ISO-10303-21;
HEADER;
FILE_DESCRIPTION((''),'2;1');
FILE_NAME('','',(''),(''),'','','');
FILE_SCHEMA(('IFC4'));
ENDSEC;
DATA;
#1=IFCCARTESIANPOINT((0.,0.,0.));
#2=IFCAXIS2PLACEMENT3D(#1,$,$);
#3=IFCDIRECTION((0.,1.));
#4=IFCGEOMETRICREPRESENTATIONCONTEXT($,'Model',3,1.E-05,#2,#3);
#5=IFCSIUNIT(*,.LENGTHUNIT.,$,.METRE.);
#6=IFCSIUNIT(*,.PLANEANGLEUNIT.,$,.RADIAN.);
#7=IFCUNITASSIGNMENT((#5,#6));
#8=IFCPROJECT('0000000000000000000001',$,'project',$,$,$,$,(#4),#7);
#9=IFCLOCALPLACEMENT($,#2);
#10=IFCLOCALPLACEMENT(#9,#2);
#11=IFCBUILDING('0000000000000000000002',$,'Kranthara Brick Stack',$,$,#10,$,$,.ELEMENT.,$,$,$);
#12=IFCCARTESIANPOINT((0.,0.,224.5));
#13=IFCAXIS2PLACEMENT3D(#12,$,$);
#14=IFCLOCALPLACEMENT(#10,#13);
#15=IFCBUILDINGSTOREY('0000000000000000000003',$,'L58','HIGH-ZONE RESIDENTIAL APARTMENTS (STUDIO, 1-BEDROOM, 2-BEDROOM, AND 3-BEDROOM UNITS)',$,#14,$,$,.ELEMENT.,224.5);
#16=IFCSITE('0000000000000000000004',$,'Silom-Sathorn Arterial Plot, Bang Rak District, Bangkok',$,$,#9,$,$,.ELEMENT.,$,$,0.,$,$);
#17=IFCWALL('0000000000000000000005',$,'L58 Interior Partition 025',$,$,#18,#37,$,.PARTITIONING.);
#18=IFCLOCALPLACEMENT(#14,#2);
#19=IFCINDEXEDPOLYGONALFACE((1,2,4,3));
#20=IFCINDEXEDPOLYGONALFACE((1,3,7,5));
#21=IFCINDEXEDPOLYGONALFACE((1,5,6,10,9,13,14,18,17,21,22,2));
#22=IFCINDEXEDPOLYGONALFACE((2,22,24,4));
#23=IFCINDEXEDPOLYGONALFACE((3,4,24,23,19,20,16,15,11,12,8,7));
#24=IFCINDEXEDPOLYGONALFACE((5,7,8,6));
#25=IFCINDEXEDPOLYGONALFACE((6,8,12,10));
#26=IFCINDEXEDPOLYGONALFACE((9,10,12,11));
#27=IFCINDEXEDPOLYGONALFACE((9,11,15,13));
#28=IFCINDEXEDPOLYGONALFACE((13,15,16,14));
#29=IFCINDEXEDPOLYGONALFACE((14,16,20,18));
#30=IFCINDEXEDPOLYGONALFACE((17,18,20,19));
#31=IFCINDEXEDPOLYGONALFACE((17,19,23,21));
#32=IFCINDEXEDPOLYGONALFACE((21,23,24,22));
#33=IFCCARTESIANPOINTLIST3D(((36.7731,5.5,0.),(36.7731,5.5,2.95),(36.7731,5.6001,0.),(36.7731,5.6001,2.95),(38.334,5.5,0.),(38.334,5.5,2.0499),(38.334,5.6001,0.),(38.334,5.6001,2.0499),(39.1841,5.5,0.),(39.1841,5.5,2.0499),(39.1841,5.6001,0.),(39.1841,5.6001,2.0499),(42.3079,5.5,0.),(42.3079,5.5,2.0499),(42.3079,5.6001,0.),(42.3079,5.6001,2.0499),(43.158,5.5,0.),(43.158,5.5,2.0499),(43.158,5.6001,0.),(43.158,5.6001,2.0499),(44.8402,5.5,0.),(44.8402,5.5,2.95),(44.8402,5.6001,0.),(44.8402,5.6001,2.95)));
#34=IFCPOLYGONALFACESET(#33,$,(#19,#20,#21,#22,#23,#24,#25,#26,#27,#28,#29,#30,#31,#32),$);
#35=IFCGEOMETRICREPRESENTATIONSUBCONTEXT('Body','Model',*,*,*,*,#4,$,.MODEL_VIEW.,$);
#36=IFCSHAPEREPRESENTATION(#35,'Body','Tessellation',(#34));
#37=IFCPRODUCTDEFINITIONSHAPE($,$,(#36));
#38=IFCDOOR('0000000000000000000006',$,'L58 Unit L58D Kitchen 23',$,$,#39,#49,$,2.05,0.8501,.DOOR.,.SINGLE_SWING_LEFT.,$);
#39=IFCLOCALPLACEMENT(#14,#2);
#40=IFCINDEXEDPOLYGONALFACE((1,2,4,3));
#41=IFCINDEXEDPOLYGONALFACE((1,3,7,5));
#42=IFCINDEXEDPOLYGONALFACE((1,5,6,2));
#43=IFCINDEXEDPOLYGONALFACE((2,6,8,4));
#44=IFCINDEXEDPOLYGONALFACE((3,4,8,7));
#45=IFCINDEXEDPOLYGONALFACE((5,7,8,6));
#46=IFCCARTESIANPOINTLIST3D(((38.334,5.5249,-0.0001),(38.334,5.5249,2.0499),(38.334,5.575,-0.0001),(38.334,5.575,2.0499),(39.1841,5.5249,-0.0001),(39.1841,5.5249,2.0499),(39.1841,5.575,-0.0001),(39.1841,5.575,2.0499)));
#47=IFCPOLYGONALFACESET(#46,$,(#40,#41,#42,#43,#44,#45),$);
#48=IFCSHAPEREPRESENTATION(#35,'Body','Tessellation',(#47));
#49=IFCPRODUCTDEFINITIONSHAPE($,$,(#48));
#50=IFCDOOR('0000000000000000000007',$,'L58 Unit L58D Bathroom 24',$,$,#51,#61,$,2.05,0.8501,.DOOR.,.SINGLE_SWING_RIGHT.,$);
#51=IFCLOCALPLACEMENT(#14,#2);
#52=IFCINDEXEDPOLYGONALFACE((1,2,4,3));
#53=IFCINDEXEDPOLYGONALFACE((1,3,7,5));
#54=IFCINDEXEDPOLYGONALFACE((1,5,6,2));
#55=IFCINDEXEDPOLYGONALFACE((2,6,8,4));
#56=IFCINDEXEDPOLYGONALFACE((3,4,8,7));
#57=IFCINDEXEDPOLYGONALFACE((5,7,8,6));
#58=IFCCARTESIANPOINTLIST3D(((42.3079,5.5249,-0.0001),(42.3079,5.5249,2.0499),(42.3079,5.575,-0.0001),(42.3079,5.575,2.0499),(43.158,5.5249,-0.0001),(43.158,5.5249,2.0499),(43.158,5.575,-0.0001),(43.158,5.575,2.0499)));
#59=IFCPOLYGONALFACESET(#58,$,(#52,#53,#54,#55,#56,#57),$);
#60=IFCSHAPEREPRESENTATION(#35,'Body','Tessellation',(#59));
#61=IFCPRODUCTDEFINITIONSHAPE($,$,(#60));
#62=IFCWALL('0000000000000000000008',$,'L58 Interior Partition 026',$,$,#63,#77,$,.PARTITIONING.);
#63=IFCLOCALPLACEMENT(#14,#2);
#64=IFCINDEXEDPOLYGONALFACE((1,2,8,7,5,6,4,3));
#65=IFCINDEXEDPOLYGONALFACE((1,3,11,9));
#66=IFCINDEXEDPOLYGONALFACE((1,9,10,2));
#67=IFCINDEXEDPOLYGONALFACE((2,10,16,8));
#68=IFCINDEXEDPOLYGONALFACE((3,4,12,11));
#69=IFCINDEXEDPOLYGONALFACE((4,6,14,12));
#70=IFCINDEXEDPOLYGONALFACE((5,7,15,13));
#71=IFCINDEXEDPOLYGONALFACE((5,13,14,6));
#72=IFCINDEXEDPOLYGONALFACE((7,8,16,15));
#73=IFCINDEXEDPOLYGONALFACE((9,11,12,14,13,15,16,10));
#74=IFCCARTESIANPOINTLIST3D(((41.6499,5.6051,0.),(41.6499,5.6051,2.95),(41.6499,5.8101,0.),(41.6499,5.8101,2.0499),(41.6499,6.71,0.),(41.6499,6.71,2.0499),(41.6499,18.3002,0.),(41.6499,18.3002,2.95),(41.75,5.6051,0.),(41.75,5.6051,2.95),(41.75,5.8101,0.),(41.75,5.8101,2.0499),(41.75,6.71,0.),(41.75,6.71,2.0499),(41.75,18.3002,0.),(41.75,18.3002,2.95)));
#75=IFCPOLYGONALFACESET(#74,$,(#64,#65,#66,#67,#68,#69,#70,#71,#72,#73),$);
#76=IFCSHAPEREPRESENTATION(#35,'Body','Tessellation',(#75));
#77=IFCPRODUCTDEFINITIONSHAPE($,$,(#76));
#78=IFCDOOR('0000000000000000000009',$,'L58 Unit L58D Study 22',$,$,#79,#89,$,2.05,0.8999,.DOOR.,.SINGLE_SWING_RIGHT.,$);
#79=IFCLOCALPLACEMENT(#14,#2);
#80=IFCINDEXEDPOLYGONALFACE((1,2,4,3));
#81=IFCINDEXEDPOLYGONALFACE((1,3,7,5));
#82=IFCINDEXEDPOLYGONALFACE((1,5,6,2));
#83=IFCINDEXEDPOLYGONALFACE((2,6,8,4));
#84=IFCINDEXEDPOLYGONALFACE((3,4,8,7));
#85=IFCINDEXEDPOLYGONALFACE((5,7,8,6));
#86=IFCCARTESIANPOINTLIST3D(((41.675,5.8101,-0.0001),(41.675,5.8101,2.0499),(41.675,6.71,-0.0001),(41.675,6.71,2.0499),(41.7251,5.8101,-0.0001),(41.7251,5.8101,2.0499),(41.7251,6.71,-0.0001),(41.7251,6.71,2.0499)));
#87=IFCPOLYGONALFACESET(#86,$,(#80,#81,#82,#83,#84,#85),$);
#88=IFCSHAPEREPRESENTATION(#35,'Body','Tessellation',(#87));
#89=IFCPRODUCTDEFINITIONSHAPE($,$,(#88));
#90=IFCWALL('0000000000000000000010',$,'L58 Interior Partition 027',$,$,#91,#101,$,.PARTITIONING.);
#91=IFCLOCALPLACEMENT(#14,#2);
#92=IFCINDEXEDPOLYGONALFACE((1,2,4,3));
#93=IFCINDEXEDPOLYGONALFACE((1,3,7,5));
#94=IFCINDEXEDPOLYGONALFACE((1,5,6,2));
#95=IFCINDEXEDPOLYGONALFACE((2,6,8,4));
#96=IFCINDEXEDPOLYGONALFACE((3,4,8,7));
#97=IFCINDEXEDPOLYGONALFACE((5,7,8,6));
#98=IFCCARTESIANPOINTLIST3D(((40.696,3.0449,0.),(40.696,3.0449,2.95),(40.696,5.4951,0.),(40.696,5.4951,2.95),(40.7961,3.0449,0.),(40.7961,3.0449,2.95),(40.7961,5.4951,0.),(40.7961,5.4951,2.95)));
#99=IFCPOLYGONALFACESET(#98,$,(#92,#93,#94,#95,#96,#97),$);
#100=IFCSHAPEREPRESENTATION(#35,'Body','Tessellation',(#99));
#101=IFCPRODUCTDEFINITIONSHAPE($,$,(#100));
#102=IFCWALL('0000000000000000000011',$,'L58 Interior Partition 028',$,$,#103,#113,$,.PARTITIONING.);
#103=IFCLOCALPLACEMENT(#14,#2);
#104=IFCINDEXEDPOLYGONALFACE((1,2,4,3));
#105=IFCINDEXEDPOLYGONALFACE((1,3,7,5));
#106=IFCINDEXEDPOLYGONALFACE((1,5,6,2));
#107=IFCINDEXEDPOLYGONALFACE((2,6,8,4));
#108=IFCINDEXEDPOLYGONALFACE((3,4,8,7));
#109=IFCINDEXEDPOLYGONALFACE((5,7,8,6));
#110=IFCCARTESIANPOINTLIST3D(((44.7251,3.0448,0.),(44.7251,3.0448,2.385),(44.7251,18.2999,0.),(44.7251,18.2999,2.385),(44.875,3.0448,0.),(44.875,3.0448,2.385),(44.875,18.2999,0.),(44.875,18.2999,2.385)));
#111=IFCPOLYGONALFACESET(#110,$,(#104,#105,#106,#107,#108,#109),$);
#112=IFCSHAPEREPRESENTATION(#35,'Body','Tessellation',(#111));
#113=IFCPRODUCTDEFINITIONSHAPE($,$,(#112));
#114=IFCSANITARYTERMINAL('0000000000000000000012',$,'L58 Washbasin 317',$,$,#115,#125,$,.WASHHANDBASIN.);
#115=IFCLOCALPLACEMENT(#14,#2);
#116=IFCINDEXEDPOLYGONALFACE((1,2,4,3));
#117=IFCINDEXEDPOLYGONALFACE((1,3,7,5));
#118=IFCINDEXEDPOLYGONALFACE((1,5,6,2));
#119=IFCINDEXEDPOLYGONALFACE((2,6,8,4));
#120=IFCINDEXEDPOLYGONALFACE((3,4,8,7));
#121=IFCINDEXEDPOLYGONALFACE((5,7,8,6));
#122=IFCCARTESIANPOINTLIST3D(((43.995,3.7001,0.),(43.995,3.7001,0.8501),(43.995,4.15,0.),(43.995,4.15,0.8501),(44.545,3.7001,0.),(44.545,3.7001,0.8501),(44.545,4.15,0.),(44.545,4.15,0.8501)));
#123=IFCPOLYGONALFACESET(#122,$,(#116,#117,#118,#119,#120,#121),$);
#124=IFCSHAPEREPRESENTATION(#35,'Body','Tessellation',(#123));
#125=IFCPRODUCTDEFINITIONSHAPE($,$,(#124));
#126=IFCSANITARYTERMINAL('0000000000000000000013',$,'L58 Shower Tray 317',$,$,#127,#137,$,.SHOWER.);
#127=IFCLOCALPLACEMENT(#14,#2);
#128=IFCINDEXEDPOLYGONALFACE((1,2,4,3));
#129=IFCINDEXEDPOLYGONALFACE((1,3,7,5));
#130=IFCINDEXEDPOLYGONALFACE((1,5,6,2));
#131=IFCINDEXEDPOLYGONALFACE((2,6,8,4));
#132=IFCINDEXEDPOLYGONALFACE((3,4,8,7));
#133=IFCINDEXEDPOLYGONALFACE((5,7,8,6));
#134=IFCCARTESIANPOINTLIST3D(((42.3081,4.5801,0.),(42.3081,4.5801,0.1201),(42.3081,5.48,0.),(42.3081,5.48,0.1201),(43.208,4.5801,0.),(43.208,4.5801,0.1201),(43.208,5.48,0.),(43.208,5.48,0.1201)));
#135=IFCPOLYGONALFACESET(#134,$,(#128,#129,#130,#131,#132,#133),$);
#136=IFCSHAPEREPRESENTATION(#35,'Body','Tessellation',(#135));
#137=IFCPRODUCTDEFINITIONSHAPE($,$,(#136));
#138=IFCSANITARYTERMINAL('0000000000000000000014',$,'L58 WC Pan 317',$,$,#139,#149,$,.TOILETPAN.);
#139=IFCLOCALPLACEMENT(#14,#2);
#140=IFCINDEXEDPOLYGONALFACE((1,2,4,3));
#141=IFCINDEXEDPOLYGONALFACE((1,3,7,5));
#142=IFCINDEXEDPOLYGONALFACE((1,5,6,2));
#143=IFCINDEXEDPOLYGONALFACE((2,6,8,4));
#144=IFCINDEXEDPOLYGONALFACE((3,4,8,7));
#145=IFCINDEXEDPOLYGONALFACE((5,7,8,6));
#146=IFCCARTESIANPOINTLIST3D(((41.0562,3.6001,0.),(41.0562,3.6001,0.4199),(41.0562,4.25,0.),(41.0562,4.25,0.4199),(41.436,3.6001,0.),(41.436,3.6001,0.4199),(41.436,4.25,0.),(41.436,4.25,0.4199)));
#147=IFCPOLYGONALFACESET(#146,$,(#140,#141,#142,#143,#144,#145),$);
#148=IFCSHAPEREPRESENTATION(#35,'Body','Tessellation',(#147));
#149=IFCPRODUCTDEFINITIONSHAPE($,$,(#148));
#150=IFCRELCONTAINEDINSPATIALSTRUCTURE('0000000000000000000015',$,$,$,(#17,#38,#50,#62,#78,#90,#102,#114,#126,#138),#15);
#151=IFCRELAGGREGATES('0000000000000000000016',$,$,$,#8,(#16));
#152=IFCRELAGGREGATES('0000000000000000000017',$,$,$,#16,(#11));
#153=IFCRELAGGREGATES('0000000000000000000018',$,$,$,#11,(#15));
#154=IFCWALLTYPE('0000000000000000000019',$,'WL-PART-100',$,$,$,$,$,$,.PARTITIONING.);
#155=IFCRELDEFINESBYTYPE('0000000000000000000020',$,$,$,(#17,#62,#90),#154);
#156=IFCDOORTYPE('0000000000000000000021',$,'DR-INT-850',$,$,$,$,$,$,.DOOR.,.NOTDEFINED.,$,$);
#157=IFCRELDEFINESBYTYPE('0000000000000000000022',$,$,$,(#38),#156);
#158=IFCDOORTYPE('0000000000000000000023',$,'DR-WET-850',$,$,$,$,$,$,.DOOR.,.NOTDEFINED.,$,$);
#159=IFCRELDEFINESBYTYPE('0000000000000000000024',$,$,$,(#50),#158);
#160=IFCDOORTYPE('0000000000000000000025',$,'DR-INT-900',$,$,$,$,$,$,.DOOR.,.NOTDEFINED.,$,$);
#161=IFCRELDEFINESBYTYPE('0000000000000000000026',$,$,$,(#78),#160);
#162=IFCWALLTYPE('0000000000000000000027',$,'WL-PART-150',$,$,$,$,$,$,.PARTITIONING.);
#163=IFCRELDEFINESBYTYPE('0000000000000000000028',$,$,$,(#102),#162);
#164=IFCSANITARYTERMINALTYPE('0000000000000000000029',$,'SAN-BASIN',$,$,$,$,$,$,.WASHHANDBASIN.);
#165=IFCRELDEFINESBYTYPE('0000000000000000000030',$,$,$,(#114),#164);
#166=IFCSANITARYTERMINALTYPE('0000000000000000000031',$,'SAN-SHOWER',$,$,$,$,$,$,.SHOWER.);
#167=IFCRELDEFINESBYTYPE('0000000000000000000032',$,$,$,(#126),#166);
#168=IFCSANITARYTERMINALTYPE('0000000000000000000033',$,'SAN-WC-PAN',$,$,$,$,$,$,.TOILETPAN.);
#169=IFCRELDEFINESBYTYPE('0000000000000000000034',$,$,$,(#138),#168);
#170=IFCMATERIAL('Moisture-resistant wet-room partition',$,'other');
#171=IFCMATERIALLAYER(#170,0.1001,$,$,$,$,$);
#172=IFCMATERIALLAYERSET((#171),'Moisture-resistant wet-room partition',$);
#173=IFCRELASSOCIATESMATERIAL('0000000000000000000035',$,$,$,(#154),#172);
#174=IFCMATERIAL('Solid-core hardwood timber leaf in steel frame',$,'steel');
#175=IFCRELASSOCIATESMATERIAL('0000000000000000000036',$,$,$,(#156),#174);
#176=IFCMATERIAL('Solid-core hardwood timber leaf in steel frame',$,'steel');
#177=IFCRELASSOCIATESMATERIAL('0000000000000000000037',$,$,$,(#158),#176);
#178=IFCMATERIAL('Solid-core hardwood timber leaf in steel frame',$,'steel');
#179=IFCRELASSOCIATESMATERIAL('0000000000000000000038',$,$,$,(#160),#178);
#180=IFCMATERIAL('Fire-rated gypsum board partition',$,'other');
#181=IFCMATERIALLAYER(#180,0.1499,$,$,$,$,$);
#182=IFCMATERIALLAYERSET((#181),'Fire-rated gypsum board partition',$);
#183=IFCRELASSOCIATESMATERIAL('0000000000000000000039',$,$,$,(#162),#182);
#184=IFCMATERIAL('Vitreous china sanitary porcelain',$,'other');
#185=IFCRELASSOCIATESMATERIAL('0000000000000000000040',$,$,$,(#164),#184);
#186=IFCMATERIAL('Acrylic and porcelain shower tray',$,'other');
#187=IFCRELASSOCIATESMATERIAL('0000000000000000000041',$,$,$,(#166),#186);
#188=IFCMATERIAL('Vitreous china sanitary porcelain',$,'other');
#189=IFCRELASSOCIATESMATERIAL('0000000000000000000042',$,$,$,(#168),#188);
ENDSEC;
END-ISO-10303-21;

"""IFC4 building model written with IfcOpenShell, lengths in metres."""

from ifc_helpers import new_model, si_unit, direction, frame, frame_2d, origin, origin_2d, place, context, subcontext, project, spatial, rectangle, extrude, material, layer, layer_set, type_object, element, fill, save


model = new_model("IFC4")

# Units and contexts
model_context = context("Model", 3, precision=1e-05, world=origin(), true_north=direction((0.0, 1.0)))
body_context = subcontext(model_context, "Body", "Model", "MODEL_VIEW")
ifc_project = project(units=[si_unit("LENGTHUNIT", "METRE"), si_unit("PLANEANGLEUNIT", "RADIAN")], contexts=[model_context])

# Site, building, storey
site_placement = place(None, origin())
site = spatial("IfcSite", under=ifc_project, at=site_placement, Name="Silom-Sathorn Arterial Plot, Bang Rak District, Bangkok", CompositionType="ELEMENT", RefElevation=0.0)
building_placement = place(site_placement, origin())
building = spatial("IfcBuilding", under=site, at=building_placement, Name="Kranthara Brick Stack", CompositionType="ELEMENT")
storey_placement = place(building_placement, frame((0.0, 0.0, 224.5)))
storey = spatial("IfcBuildingStorey", under=building, at=storey_placement, Name="L58", Description="HIGH-ZONE RESIDENTIAL APARTMENTS (STUDIO, 1-BEDROOM, 2-BEDROOM, AND 3-BEDROOM UNITS)", CompositionType="ELEMENT", Elevation=224.5)

# Wall, openings, doors
ifc_material_1 = material(Name="Moisture-resistant wet-room partition", Category="other")
ifc_layer_1 = layer(ifc_material_1, 0.1001)
ifc_layer_set_1 = layer_set([ifc_layer_1], Name="Moisture-resistant wet-room partition")
wall_type_1 = type_object("IfcWallType", Name="WL-PART-100", PredefinedType="PARTITIONING", material=ifc_layer_set_1)
wall_1_placement = place(storey_placement, frame((36.7729, 5.55, 0.0), z_axis=(0.0, 0.0, 1.0), x_axis=(1.0, 0.0, 0.0)))
wall_1 = element("IfcWall", 1, at=wall_1_placement, inside=storey, type_object=wall_type_1, Name="L58 Interior Partition 025", PredefinedType="PARTITIONING", context=body_context, shape_type="SweptSolid", body=[
    extrude(rectangle(XDim=8.0671, YDim=0.1001, at=frame_2d((4.0337, 0.0))), origin(), (0.0, 0.0, 1.0), 2.95),
])
opening_1_placement = place(wall_1_placement, frame((1.561, 0.0, 0.0)))
opening_1 = element("IfcOpeningElement", 2, at=opening_1_placement, cuts=wall_1, PredefinedType="OPENING", context=body_context, shape_type="SweptSolid", body=[
    extrude(rectangle(XDim=0.8501, YDim=2.05, at=frame_2d((0.425, 1.0249))), frame((0.0, 0.0601, 0.0), z_axis=(0.0, -1.0, 0.0), x_axis=(1.0, 0.0, 0.0)), (0.0, 0.0, 1.0), 0.1201),
])
opening_2_placement = place(wall_1_placement, frame((5.5349, 0.0, 0.0)))
opening_2 = element("IfcOpeningElement", 3, at=opening_2_placement, cuts=wall_1, PredefinedType="OPENING", context=body_context, shape_type="SweptSolid", body=[
    extrude(rectangle(XDim=0.8501, YDim=2.05, at=frame_2d((0.425, 1.0249))), frame((0.0, 0.0601, 0.0), z_axis=(0.0, -1.0, 0.0), x_axis=(1.0, 0.0, 0.0)), (0.0, 0.0, 1.0), 0.1201),
])
ifc_material_2 = material(Name="Solid-core hardwood timber leaf in steel frame", Category="steel")
door_type_1 = type_object("IfcDoorType", Name="DR-INT-850", OperationType="NOTDEFINED", PredefinedType="DOOR", material=ifc_material_2)
door_1_placement = place(opening_1_placement, origin())
door_1 = element("IfcDoor", 4, at=door_1_placement, inside=storey, type_object=door_type_1, Name="L58 Unit L58D Kitchen 23", OperationType="SINGLE_SWING_LEFT", OverallHeight=2.05, OverallWidth=0.8501, PredefinedType="DOOR", context=body_context, shape_type="SweptSolid", body=[
    extrude(rectangle(XDim=0.8501, YDim=2.05, at=frame_2d((0.425, 1.0249))), frame((0.0, 0.0249, 0.0), z_axis=(0.0, -1.0, 0.0), x_axis=(1.0, 0.0, 0.0)), (0.0, 0.0, 1.0), 0.05),
])
fill(opening_1, door_1)
ifc_material_3 = material(Name="Solid-core hardwood timber leaf in steel frame", Category="steel")
door_type_2 = type_object("IfcDoorType", Name="DR-WET-850", OperationType="NOTDEFINED", PredefinedType="DOOR", material=ifc_material_3)
door_2_placement = place(opening_2_placement, origin())
door_2 = element("IfcDoor", 5, at=door_2_placement, inside=storey, type_object=door_type_2, Name="L58 Unit L58D Bathroom 24", OperationType="SINGLE_SWING_RIGHT", OverallHeight=2.05, OverallWidth=0.8501, PredefinedType="DOOR", context=body_context, shape_type="SweptSolid", body=[
    extrude(rectangle(XDim=0.8501, YDim=2.05, at=frame_2d((0.425, 1.0249))), frame((0.0, 0.0249, 0.0), z_axis=(0.0, -1.0, 0.0), x_axis=(1.0, 0.0, 0.0)), (0.0, 0.0, 1.0), 0.05),
])
fill(opening_2, door_2)

# Wall, opening, door
wall_2_placement = place(storey_placement, frame((41.7, 5.605, 0.0), z_axis=(0.0, 0.0, 1.0), x_axis=(0.0, 1.0, 0.0)))
wall_2 = element("IfcWall", 6, at=wall_2_placement, inside=storey, type_object=wall_type_1, Name="L58 Interior Partition 026", PredefinedType="PARTITIONING", context=body_context, shape_type="SweptSolid", body=[
    extrude(rectangle(XDim=12.6951, YDim=0.1001, at=frame_2d((6.3477, 0.0))), origin(), (0.0, 0.0, 1.0), 2.95),
])
opening_3_placement = place(wall_2_placement, frame((0.2051, 0.0, 0.0)))
opening_3 = element("IfcOpeningElement", 7, at=opening_3_placement, cuts=wall_2, PredefinedType="OPENING", context=body_context, shape_type="SweptSolid", body=[
    extrude(rectangle(XDim=0.8999, YDim=2.05, at=frame_2d((0.45, 1.0249))), frame((0.0, 0.0601, 0.0), z_axis=(0.0, -1.0, 0.0), x_axis=(1.0, 0.0, 0.0)), (0.0, 0.0, 1.0), 0.1201),
])
ifc_material_4 = material(Name="Solid-core hardwood timber leaf in steel frame", Category="steel")
door_type_3 = type_object("IfcDoorType", Name="DR-INT-900", OperationType="NOTDEFINED", PredefinedType="DOOR", material=ifc_material_4)
door_3_placement = place(opening_3_placement, origin())
door_3 = element("IfcDoor", 8, at=door_3_placement, inside=storey, type_object=door_type_3, Name="L58 Unit L58D Study 22", OperationType="SINGLE_SWING_RIGHT", OverallHeight=2.05, OverallWidth=0.8999, PredefinedType="DOOR", context=body_context, shape_type="SweptSolid", body=[
    extrude(rectangle(XDim=0.8999, YDim=2.05, at=frame_2d((0.45, 1.0249))), frame((0.0, 0.0249, 0.0), z_axis=(0.0, -1.0, 0.0), x_axis=(1.0, 0.0, 0.0)), (0.0, 0.0, 1.0), 0.05),
])
fill(opening_3, door_3)

# Walls
wall_3_placement = place(storey_placement, frame((40.7461, 3.0449, 0.0), z_axis=(0.0, 0.0, 1.0), x_axis=(0.0, 1.0, 0.0)))
element("IfcWall", 9, at=wall_3_placement, inside=storey, type_object=wall_type_1, Name="L58 Interior Partition 027", PredefinedType="PARTITIONING", context=body_context, shape_type="SweptSolid", body=[
    extrude(rectangle(XDim=2.4502, YDim=0.1001, at=frame_2d((1.2251, 0.0))), origin(), (0.0, 0.0, 1.0), 2.95),
])
ifc_material_5 = material(Name="Fire-rated gypsum board partition", Category="other")
ifc_layer_2 = layer(ifc_material_5, 0.1499)
ifc_layer_set_2 = layer_set([ifc_layer_2], Name="Fire-rated gypsum board partition")
wall_type_2 = type_object("IfcWallType", Name="WL-PART-150", PredefinedType="PARTITIONING", material=ifc_layer_set_2)
wall_4_placement = place(storey_placement, frame((44.8, 3.0449, 0.0), z_axis=(0.0, 0.0, 1.0), x_axis=(0.0, 1.0, 0.0)))
element("IfcWall", 10, at=wall_4_placement, inside=storey, type_object=wall_type_2, Name="L58 Interior Partition 028", PredefinedType="PARTITIONING", context=body_context, shape_type="SweptSolid", body=[
    extrude(rectangle(XDim=15.2551, YDim=0.1499, at=frame_2d((7.6274, 0.0))), origin(), (0.0, 0.0, 1.0), 2.385),
])

# Sanitary terminals
ifc_material_6 = material(Name="Vitreous china sanitary porcelain", Category="other")
sanitary_terminal_type_1 = type_object("IfcSanitaryTerminalType", Name="SAN-BASIN", PredefinedType="WASHHANDBASIN", material=ifc_material_6)
sanitary_terminal_1_placement = place(storey_placement, frame((44.27, 3.925, 0.0), z_axis=(0.0, 0.0, 1.0), x_axis=(1.0, 0.0, 0.0)))
element("IfcSanitaryTerminal", 11, at=sanitary_terminal_1_placement, inside=storey, type_object=sanitary_terminal_type_1, Name="L58 Washbasin 317", PredefinedType="WASHHANDBASIN", context=body_context, shape_type="SweptSolid", body=[
    extrude(rectangle(XDim=0.55, YDim=0.45, at=origin_2d()), origin(), (0.0, 0.0, 1.0), 0.8501),
])
ifc_material_7 = material(Name="Acrylic and porcelain shower tray", Category="other")
sanitary_terminal_type_2 = type_object("IfcSanitaryTerminalType", Name="SAN-SHOWER", PredefinedType="SHOWER", material=ifc_material_7)
sanitary_terminal_2_placement = place(storey_placement, frame((42.7581, 5.03, 0.0), z_axis=(0.0, 0.0, 1.0), x_axis=(1.0, 0.0, 0.0)))
element("IfcSanitaryTerminal", 12, at=sanitary_terminal_2_placement, inside=storey, type_object=sanitary_terminal_type_2, Name="L58 Shower Tray 317", PredefinedType="SHOWER", context=body_context, shape_type="SweptSolid", body=[
    extrude(rectangle(XDim=0.8999, YDim=0.8999, at=origin_2d()), origin(), (0.0, 0.0, 1.0), 0.1201),
])
ifc_material_8 = material(Name="Vitreous china sanitary porcelain", Category="other")
sanitary_terminal_type_3 = type_object("IfcSanitaryTerminalType", Name="SAN-WC-PAN", PredefinedType="TOILETPAN", material=ifc_material_8)
sanitary_terminal_3_placement = place(storey_placement, frame((41.2461, 3.925, 0.0), z_axis=(0.0, 0.0, 1.0), x_axis=(1.0, 0.0, 0.0)))
element("IfcSanitaryTerminal", 13, at=sanitary_terminal_3_placement, inside=storey, type_object=sanitary_terminal_type_3, Name="L58 WC Pan 317", PredefinedType="TOILETPAN", context=body_context, shape_type="SweptSolid", body=[
    extrude(rectangle(XDim=0.3799, YDim=0.6499, at=origin_2d()), origin(), (0.0, 0.0, 1.0), 0.4199),
])

save(model, "model.ifc")
